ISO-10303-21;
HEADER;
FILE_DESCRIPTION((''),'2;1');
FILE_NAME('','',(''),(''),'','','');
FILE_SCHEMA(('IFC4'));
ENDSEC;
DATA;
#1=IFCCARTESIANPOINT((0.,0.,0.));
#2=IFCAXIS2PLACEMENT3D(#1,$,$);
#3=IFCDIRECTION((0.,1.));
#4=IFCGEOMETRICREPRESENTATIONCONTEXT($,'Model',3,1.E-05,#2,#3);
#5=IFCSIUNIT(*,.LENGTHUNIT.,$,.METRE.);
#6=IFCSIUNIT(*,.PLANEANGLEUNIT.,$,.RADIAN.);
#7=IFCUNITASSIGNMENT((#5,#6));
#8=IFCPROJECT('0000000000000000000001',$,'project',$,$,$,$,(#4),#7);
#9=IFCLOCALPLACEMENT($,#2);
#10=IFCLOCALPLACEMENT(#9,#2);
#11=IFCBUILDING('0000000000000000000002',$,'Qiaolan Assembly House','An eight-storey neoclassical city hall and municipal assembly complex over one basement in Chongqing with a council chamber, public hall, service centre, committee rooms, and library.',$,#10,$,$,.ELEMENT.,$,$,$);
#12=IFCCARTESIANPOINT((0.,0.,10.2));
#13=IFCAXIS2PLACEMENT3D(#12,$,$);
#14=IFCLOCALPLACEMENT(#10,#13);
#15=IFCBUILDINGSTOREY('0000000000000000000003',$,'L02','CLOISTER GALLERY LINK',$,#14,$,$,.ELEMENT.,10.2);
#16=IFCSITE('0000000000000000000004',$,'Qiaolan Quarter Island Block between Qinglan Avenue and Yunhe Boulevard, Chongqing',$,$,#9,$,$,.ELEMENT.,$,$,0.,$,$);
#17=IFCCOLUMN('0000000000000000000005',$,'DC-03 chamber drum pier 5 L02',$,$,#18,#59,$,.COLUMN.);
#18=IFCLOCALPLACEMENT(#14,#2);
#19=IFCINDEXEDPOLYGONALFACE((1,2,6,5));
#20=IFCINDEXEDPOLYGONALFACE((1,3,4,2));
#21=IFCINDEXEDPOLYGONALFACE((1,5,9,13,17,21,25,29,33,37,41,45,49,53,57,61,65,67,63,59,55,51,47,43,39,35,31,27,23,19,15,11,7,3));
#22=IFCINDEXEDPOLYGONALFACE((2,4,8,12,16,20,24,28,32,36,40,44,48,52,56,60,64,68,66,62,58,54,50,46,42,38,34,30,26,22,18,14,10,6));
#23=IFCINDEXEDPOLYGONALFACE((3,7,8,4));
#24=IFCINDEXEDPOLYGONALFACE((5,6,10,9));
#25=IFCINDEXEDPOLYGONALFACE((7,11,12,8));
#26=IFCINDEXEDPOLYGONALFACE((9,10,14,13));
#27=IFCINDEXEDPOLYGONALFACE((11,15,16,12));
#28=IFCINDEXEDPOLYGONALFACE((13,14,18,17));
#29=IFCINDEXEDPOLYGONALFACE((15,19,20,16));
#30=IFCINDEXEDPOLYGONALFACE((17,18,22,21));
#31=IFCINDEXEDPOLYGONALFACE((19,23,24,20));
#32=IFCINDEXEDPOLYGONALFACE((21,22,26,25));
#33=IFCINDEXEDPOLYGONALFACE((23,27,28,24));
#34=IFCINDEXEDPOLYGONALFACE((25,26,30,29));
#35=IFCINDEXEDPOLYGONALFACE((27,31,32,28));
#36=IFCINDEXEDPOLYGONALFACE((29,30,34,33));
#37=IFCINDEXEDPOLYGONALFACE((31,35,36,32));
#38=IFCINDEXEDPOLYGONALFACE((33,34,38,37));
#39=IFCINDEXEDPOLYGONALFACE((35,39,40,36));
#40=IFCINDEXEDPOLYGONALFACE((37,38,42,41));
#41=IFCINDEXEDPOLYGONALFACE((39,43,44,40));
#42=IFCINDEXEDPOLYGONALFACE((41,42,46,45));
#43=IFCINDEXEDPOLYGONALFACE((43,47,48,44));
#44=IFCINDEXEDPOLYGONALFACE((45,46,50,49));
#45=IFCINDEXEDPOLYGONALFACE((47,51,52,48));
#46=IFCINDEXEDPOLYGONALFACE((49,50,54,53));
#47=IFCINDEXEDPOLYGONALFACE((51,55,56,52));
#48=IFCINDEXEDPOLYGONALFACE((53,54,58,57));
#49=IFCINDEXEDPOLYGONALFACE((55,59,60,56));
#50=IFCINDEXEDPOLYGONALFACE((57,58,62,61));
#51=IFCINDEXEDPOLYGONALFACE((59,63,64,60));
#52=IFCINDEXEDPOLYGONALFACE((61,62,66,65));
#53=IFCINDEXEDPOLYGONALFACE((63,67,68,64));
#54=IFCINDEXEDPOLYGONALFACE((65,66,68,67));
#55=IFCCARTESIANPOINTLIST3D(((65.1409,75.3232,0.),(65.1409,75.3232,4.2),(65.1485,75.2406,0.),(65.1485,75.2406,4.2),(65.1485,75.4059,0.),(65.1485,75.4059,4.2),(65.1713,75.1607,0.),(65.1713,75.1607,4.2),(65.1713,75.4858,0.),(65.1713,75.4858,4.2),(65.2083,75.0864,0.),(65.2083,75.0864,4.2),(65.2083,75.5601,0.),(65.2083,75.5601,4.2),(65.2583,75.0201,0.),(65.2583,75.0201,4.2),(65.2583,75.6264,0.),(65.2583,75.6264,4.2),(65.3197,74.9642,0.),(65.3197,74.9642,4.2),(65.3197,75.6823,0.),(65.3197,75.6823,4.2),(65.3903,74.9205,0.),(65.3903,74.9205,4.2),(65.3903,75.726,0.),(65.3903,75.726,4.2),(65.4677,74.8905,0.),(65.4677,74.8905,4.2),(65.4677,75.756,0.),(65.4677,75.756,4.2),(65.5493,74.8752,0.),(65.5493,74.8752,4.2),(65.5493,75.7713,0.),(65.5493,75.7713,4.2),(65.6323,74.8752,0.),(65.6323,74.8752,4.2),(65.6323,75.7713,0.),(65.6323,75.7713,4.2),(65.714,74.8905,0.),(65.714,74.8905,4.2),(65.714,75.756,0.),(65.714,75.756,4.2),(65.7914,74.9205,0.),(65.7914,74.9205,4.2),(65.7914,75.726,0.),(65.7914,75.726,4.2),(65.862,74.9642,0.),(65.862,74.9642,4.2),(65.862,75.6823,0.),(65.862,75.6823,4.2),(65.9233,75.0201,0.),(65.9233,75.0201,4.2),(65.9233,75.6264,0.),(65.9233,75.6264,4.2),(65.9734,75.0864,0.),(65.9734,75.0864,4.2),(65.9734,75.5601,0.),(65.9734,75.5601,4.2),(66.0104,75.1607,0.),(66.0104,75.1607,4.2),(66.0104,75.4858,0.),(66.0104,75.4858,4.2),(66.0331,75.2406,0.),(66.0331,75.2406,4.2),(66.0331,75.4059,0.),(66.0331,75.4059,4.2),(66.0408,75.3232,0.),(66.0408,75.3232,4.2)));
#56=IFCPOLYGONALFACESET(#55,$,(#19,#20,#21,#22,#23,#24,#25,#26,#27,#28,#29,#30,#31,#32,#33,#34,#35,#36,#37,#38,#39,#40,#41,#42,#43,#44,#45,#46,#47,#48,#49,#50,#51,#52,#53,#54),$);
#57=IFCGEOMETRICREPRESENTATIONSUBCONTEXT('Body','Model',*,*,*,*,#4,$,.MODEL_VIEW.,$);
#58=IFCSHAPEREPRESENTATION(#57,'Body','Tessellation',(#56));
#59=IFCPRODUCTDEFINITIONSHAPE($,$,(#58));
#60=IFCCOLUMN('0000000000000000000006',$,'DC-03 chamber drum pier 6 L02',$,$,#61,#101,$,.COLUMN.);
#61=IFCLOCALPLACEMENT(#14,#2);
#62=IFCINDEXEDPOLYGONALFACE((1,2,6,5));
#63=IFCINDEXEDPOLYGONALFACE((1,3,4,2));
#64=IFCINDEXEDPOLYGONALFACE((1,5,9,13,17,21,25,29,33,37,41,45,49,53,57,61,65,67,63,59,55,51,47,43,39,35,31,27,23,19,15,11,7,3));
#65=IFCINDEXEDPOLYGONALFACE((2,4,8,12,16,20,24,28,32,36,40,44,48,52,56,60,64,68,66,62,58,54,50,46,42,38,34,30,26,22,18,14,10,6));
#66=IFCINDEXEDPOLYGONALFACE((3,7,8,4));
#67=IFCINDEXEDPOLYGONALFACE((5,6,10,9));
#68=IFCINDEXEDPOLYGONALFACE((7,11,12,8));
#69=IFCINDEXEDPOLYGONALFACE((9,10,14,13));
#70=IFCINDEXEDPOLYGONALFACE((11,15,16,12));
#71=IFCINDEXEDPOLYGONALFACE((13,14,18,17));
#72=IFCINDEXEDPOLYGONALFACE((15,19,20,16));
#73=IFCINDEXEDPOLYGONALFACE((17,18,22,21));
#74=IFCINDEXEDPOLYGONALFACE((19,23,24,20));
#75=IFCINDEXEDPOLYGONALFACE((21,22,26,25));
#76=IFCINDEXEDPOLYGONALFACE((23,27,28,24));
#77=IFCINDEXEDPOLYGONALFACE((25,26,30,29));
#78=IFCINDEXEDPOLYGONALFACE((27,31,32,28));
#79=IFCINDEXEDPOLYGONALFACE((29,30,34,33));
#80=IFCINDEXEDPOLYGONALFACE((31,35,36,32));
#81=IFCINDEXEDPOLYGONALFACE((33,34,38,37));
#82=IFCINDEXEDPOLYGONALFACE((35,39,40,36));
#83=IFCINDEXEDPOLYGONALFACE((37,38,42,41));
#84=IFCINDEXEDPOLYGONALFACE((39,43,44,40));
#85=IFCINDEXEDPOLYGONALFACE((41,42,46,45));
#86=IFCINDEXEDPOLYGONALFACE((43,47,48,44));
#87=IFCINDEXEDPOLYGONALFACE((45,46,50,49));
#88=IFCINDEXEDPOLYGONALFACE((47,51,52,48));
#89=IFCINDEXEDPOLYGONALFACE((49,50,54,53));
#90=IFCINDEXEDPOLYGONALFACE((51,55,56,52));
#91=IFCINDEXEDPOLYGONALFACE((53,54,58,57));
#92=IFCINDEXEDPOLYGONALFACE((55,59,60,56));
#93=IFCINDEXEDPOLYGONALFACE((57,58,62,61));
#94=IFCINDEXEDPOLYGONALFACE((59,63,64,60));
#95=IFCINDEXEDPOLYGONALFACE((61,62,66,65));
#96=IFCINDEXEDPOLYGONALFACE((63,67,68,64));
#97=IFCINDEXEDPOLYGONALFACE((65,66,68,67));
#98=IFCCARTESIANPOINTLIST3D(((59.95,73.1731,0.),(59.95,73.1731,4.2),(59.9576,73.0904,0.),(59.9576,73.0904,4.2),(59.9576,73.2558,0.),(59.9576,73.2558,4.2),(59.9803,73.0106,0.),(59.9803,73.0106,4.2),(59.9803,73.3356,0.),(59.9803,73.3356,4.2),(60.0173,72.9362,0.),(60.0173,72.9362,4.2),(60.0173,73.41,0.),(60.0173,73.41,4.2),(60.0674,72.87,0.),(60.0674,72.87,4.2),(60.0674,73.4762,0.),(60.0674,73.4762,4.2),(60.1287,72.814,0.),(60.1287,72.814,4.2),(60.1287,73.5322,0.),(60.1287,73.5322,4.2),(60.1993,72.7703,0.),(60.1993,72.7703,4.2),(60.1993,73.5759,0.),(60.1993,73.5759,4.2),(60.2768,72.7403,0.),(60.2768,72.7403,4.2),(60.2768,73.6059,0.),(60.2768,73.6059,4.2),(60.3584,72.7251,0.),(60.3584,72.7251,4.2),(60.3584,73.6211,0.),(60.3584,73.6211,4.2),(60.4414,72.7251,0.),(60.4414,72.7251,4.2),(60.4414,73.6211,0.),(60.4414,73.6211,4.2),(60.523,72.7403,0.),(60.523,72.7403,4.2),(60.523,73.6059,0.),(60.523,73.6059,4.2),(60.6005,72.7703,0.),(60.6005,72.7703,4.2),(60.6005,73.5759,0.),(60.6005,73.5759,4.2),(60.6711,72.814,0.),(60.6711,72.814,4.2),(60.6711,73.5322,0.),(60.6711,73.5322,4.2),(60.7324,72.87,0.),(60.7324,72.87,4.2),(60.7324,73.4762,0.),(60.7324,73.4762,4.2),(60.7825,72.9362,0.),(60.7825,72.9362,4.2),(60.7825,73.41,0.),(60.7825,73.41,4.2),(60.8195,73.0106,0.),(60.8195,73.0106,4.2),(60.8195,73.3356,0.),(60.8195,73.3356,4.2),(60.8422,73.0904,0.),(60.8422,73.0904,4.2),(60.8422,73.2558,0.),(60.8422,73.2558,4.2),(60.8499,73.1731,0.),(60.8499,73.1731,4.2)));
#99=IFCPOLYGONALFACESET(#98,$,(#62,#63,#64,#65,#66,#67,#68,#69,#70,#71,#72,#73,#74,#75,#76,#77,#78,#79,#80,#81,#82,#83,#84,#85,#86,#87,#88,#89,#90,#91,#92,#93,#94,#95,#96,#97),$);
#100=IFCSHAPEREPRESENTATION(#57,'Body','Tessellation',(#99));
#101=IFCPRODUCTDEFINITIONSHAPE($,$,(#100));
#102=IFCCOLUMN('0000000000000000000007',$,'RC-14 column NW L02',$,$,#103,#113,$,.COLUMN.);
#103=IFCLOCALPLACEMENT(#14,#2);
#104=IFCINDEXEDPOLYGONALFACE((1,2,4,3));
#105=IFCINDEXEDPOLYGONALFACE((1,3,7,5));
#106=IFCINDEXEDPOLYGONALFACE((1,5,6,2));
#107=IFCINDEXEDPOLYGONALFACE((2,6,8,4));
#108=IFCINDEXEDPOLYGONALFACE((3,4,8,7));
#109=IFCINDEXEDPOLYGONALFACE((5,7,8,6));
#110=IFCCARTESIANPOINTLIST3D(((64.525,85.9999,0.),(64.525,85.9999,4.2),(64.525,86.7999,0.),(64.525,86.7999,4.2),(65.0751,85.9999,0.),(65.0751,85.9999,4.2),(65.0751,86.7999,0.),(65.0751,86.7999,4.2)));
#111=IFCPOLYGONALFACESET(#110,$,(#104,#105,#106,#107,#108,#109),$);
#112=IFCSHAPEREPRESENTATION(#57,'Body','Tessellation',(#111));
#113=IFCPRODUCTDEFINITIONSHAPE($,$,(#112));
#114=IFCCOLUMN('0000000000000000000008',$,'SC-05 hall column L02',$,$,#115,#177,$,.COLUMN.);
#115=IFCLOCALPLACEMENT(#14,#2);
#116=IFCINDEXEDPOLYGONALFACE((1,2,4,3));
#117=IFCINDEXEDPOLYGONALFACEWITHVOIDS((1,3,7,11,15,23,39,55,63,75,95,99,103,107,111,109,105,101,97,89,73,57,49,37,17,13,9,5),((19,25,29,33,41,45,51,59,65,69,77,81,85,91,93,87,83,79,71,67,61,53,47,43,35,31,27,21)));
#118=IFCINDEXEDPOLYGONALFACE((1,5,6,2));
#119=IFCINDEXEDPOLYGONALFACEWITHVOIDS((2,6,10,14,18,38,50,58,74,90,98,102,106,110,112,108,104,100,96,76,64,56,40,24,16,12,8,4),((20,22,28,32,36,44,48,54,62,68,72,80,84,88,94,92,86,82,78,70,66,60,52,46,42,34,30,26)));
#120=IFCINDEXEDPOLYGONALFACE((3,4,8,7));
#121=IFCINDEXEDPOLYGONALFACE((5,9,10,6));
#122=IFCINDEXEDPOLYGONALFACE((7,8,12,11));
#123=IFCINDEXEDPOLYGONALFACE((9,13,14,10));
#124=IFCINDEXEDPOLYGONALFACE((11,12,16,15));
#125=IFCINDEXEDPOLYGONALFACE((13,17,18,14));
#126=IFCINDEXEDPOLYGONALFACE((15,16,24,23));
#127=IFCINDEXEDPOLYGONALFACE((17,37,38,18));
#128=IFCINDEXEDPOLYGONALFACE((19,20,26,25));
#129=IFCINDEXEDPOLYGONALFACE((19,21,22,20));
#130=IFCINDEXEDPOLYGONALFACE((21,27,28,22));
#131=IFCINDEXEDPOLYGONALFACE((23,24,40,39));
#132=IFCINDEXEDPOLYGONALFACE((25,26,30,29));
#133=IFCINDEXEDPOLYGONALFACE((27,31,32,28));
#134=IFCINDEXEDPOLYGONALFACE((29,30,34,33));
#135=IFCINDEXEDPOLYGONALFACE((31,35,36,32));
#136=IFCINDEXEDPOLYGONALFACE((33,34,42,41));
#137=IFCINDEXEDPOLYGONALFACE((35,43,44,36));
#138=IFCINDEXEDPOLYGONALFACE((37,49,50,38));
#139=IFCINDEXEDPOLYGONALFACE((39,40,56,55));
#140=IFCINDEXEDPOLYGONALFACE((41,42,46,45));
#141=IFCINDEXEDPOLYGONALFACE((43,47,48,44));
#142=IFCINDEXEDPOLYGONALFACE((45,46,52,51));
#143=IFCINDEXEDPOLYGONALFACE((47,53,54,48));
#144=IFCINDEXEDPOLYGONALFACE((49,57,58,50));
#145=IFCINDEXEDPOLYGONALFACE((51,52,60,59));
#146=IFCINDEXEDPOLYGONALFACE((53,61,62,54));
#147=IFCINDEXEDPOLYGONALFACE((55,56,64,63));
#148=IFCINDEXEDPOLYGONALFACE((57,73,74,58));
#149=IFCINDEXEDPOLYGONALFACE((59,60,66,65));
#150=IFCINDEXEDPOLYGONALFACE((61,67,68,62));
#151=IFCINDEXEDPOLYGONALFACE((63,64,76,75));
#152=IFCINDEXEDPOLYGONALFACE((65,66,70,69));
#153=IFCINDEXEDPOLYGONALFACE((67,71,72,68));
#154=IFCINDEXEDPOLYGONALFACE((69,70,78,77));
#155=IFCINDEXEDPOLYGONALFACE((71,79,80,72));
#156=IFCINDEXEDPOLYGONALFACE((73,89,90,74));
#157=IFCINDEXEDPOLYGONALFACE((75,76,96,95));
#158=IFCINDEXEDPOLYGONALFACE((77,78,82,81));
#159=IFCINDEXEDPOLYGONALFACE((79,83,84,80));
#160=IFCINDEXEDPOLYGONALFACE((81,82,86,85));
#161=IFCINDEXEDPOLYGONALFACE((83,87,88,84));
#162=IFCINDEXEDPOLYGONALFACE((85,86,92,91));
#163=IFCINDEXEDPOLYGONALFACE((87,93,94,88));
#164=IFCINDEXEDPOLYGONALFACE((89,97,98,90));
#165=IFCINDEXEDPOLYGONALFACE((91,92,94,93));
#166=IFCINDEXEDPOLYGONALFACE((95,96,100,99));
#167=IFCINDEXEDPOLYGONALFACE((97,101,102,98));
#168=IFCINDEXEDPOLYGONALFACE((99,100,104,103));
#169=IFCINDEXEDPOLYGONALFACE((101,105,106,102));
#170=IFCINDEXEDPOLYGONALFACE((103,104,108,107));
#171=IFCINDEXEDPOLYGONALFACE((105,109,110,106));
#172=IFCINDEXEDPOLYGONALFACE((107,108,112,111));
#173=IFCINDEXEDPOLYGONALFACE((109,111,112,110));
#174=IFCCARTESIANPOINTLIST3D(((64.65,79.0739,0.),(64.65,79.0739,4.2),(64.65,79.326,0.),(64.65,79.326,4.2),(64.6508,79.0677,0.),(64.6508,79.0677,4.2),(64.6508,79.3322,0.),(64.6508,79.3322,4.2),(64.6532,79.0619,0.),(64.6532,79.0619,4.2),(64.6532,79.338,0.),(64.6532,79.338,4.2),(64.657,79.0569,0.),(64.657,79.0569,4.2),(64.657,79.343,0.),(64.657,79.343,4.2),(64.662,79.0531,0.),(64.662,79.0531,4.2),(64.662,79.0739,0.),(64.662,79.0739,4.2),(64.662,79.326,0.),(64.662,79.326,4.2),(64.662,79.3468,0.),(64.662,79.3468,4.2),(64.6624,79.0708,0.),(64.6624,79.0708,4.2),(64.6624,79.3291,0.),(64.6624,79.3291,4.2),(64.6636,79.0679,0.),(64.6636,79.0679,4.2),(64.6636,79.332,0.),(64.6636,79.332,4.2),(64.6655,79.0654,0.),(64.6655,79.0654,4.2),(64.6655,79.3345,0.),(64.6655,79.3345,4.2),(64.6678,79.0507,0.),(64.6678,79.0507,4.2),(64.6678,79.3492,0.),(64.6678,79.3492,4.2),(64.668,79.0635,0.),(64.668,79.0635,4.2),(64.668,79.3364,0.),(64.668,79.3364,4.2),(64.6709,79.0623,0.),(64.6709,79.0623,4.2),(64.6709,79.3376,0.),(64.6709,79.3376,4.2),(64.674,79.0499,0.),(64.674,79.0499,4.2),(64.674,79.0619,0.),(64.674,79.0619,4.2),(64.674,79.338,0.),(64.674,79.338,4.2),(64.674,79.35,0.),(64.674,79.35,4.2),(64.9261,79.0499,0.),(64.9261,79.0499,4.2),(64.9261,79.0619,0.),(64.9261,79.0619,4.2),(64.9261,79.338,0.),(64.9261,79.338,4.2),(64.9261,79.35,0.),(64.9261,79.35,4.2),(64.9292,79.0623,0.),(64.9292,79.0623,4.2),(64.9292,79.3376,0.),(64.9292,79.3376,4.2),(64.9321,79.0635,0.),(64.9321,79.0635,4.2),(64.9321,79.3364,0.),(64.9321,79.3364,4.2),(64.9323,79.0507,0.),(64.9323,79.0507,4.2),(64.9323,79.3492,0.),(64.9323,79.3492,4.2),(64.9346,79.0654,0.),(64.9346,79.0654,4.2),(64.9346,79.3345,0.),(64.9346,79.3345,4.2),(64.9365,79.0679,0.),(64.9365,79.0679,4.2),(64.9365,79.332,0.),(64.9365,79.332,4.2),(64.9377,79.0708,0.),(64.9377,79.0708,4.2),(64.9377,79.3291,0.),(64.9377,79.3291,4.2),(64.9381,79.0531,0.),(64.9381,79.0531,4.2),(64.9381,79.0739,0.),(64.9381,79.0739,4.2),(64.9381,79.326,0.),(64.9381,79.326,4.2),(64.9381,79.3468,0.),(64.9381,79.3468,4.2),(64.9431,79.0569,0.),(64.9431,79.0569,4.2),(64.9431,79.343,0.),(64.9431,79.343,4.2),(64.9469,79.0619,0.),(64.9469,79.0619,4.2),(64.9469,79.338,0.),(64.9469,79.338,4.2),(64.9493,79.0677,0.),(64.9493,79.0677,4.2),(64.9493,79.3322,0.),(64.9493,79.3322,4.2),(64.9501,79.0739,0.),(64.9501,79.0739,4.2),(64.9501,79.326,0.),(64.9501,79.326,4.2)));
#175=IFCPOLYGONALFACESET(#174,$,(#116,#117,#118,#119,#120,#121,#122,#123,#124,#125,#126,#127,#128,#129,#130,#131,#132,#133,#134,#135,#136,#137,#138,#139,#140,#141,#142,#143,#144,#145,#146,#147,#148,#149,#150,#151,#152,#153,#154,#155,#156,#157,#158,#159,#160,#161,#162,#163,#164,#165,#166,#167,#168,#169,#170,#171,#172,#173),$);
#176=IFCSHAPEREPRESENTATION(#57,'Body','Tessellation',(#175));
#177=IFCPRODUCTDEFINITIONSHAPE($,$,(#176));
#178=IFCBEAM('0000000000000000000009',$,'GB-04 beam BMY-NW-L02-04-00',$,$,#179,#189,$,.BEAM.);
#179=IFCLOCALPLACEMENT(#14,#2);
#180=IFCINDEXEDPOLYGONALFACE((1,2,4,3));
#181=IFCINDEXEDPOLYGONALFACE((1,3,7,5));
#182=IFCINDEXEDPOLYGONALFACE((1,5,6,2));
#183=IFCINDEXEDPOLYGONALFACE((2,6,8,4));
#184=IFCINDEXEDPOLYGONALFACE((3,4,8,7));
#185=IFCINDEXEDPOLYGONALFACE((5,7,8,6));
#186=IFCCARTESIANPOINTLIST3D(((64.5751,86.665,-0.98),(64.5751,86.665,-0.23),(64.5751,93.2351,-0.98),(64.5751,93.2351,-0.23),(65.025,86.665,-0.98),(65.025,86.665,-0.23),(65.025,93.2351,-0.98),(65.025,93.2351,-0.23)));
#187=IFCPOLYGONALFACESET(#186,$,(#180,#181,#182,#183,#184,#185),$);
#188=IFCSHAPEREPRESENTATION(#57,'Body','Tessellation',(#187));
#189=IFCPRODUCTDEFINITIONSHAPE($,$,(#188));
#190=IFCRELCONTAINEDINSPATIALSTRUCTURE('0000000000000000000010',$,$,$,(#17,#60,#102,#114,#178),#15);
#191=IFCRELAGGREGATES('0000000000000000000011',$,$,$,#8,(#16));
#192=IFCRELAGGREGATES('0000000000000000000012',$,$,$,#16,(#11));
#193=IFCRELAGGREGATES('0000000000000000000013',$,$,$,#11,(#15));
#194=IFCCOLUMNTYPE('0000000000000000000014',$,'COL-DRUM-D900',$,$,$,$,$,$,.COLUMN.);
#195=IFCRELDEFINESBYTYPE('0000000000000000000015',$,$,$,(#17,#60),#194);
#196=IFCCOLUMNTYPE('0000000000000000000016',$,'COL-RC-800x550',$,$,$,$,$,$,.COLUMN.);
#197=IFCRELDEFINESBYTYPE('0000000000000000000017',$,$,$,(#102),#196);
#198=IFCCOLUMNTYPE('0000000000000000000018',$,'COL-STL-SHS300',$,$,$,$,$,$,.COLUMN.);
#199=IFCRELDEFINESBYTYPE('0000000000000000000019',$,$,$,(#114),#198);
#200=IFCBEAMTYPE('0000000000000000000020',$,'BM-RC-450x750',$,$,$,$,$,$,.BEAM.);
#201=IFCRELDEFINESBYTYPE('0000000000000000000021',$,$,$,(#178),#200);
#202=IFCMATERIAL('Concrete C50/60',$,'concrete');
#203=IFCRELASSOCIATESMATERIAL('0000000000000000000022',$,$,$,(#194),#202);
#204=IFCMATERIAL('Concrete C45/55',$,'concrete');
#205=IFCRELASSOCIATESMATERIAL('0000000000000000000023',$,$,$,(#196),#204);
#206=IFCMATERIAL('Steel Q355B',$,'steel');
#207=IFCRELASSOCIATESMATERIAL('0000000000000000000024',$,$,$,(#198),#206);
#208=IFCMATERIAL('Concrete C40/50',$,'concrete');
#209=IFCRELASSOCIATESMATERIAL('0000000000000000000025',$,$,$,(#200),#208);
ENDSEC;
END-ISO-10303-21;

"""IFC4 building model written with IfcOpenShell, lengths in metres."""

from ifc_helpers import new_model, si_unit, direction, frame, origin, origin_2d, place, context, subcontext, project, spatial, rectangle, hollow_rectangle, circle, extrude, material, material_profile, profile_set, type_object, element, save


model = new_model("IFC4")

# Units and contexts
model_context = context("Model", 3, precision=1e-05, world=origin(), true_north=direction((0.0, 1.0)))
body_context = subcontext(model_context, "Body", "Model", "MODEL_VIEW")
ifc_project = project(units=[si_unit("LENGTHUNIT", "METRE"), si_unit("PLANEANGLEUNIT", "RADIAN")], contexts=[model_context])

# Site, building, storey
site_placement = place(None, origin())
site = spatial("IfcSite", under=ifc_project, at=site_placement, Name="Qiaolan Quarter Island Block between Qinglan Avenue and Yunhe Boulevard, Chongqing", CompositionType="ELEMENT", RefElevation=0.0)
building_placement = place(site_placement, origin())
building = spatial("IfcBuilding", under=site, at=building_placement, Name="Qiaolan Assembly House", Description="An eight-storey neoclassical city hall and municipal assembly complex over one basement in Chongqing with a council chamber, public hall, service centre, committee rooms, and library.", CompositionType="ELEMENT")
storey_placement = place(building_placement, frame((0.0, 0.0, 10.2)))
storey = spatial("IfcBuildingStorey", under=building, at=storey_placement, Name="L02", Description="CLOISTER GALLERY LINK", CompositionType="ELEMENT", Elevation=10.2)

# Columns
ifc_material_1 = material(Name="Concrete C50/60", Category="concrete")
ifc_material_profile_1 = material_profile(ifc_material_1, circle(Radius=0.45, at=origin_2d()), Name="CIRC D900")
ifc_profile_set_1 = profile_set([ifc_material_profile_1], Name="Concrete C50/60")
column_type_1 = type_object("IfcColumnType", Name="COL-DRUM-D900", PredefinedType="COLUMN", material=ifc_profile_set_1)
for number, where, z_axis, x_axis, name in (
    (1, (65.5908, 75.3232, 0.0), (0.0, 0.0, 1.0), (1.0, 0.0, 0.0), "DC-03 chamber drum pier 5 L02"),
    (2, (60.3999, 73.1731, 0.0), (0.0, 0.0, 1.0), (1.0, 0.0, 0.0), "DC-03 chamber drum pier 6 L02"),
):
    element("IfcColumn", number, at=place(storey_placement, frame(where, z_axis=z_axis, x_axis=x_axis)), inside=storey, type_object=column_type_1, Name=name, PredefinedType="COLUMN", context=body_context, shape_type="SweptSolid", body=[
        extrude(circle(Radius=0.45, at=origin_2d()), origin(), (0.0, 0.0, 1.0), 4.2),
    ])
ifc_material_2 = material(Name="Concrete C45/55", Category="concrete")
ifc_material_profile_2 = material_profile(ifc_material_2, rectangle(XDim=0.55, YDim=0.8, at=origin_2d()), Name="RC 800x550")
ifc_profile_set_2 = profile_set([ifc_material_profile_2], Name="Concrete C45/55")
column_type_2 = type_object("IfcColumnType", Name="COL-RC-800x550", PredefinedType="COLUMN", material=ifc_profile_set_2)
column_1_placement = place(storey_placement, frame((64.8, 86.3999, 0.0), z_axis=(0.0, 0.0, 1.0), x_axis=(1.0, 0.0, 0.0)))
element("IfcColumn", 3, at=column_1_placement, inside=storey, type_object=column_type_2, Name="RC-14 column NW L02", PredefinedType="COLUMN", context=body_context, shape_type="SweptSolid", body=[
    extrude(rectangle(XDim=0.55, YDim=0.8, at=origin_2d()), origin(), (0.0, 0.0, 1.0), 4.2),
])
ifc_material_3 = material(Name="Steel Q355B", Category="steel")
ifc_material_profile_3 = material_profile(ifc_material_3, hollow_rectangle(XDim=0.3, YDim=0.3, WallThickness=0.012, InnerFilletRadius=0.012, OuterFilletRadius=0.0239, at=origin_2d()), Name="SHS 300x300x12")
ifc_profile_set_3 = profile_set([ifc_material_profile_3], Name="Steel Q355B")
column_type_3 = type_object("IfcColumnType", Name="COL-STL-SHS300", PredefinedType="COLUMN", material=ifc_profile_set_3)
column_2_placement = place(storey_placement, frame((64.8, 79.2, 0.0), z_axis=(0.0, 0.0, 1.0), x_axis=(1.0, 0.0, 0.0)))
element("IfcColumn", 4, at=column_2_placement, inside=storey, type_object=column_type_3, Name="SC-05 hall column L02", PredefinedType="COLUMN", context=body_context, shape_type="SweptSolid", body=[
    extrude(hollow_rectangle(XDim=0.3, YDim=0.3, WallThickness=0.012, InnerFilletRadius=0.012, OuterFilletRadius=0.0239, at=origin_2d()), origin(), (0.0, 0.0, 1.0), 4.2),
])

# Beam
ifc_material_4 = material(Name="Concrete C40/50", Category="concrete")
ifc_material_profile_4 = material_profile(ifc_material_4, rectangle(XDim=0.45, YDim=0.75, at=origin_2d()), Name="RCB 450x750")
ifc_profile_set_4 = profile_set([ifc_material_profile_4], Name="Concrete C40/50")
beam_type_1 = type_object("IfcBeamType", Name="BM-RC-450x750", PredefinedType="BEAM", material=ifc_profile_set_4)
beam_1_placement = place(storey_placement, frame((64.8, 86.665, -0.605), z_axis=(0.0, 1.0, 0.0), x_axis=(-1.0, 0.0, 0.0)))
element("IfcBeam", 5, at=beam_1_placement, inside=storey, type_object=beam_type_1, Name="GB-04 beam BMY-NW-L02-04-00", PredefinedType="BEAM", context=body_context, shape_type="SweptSolid", body=[
    extrude(rectangle(XDim=0.45, YDim=0.75, at=origin_2d()), origin(), (0.0, 0.0, 1.0), 6.5701),
])

save(model, "model.ifc")
